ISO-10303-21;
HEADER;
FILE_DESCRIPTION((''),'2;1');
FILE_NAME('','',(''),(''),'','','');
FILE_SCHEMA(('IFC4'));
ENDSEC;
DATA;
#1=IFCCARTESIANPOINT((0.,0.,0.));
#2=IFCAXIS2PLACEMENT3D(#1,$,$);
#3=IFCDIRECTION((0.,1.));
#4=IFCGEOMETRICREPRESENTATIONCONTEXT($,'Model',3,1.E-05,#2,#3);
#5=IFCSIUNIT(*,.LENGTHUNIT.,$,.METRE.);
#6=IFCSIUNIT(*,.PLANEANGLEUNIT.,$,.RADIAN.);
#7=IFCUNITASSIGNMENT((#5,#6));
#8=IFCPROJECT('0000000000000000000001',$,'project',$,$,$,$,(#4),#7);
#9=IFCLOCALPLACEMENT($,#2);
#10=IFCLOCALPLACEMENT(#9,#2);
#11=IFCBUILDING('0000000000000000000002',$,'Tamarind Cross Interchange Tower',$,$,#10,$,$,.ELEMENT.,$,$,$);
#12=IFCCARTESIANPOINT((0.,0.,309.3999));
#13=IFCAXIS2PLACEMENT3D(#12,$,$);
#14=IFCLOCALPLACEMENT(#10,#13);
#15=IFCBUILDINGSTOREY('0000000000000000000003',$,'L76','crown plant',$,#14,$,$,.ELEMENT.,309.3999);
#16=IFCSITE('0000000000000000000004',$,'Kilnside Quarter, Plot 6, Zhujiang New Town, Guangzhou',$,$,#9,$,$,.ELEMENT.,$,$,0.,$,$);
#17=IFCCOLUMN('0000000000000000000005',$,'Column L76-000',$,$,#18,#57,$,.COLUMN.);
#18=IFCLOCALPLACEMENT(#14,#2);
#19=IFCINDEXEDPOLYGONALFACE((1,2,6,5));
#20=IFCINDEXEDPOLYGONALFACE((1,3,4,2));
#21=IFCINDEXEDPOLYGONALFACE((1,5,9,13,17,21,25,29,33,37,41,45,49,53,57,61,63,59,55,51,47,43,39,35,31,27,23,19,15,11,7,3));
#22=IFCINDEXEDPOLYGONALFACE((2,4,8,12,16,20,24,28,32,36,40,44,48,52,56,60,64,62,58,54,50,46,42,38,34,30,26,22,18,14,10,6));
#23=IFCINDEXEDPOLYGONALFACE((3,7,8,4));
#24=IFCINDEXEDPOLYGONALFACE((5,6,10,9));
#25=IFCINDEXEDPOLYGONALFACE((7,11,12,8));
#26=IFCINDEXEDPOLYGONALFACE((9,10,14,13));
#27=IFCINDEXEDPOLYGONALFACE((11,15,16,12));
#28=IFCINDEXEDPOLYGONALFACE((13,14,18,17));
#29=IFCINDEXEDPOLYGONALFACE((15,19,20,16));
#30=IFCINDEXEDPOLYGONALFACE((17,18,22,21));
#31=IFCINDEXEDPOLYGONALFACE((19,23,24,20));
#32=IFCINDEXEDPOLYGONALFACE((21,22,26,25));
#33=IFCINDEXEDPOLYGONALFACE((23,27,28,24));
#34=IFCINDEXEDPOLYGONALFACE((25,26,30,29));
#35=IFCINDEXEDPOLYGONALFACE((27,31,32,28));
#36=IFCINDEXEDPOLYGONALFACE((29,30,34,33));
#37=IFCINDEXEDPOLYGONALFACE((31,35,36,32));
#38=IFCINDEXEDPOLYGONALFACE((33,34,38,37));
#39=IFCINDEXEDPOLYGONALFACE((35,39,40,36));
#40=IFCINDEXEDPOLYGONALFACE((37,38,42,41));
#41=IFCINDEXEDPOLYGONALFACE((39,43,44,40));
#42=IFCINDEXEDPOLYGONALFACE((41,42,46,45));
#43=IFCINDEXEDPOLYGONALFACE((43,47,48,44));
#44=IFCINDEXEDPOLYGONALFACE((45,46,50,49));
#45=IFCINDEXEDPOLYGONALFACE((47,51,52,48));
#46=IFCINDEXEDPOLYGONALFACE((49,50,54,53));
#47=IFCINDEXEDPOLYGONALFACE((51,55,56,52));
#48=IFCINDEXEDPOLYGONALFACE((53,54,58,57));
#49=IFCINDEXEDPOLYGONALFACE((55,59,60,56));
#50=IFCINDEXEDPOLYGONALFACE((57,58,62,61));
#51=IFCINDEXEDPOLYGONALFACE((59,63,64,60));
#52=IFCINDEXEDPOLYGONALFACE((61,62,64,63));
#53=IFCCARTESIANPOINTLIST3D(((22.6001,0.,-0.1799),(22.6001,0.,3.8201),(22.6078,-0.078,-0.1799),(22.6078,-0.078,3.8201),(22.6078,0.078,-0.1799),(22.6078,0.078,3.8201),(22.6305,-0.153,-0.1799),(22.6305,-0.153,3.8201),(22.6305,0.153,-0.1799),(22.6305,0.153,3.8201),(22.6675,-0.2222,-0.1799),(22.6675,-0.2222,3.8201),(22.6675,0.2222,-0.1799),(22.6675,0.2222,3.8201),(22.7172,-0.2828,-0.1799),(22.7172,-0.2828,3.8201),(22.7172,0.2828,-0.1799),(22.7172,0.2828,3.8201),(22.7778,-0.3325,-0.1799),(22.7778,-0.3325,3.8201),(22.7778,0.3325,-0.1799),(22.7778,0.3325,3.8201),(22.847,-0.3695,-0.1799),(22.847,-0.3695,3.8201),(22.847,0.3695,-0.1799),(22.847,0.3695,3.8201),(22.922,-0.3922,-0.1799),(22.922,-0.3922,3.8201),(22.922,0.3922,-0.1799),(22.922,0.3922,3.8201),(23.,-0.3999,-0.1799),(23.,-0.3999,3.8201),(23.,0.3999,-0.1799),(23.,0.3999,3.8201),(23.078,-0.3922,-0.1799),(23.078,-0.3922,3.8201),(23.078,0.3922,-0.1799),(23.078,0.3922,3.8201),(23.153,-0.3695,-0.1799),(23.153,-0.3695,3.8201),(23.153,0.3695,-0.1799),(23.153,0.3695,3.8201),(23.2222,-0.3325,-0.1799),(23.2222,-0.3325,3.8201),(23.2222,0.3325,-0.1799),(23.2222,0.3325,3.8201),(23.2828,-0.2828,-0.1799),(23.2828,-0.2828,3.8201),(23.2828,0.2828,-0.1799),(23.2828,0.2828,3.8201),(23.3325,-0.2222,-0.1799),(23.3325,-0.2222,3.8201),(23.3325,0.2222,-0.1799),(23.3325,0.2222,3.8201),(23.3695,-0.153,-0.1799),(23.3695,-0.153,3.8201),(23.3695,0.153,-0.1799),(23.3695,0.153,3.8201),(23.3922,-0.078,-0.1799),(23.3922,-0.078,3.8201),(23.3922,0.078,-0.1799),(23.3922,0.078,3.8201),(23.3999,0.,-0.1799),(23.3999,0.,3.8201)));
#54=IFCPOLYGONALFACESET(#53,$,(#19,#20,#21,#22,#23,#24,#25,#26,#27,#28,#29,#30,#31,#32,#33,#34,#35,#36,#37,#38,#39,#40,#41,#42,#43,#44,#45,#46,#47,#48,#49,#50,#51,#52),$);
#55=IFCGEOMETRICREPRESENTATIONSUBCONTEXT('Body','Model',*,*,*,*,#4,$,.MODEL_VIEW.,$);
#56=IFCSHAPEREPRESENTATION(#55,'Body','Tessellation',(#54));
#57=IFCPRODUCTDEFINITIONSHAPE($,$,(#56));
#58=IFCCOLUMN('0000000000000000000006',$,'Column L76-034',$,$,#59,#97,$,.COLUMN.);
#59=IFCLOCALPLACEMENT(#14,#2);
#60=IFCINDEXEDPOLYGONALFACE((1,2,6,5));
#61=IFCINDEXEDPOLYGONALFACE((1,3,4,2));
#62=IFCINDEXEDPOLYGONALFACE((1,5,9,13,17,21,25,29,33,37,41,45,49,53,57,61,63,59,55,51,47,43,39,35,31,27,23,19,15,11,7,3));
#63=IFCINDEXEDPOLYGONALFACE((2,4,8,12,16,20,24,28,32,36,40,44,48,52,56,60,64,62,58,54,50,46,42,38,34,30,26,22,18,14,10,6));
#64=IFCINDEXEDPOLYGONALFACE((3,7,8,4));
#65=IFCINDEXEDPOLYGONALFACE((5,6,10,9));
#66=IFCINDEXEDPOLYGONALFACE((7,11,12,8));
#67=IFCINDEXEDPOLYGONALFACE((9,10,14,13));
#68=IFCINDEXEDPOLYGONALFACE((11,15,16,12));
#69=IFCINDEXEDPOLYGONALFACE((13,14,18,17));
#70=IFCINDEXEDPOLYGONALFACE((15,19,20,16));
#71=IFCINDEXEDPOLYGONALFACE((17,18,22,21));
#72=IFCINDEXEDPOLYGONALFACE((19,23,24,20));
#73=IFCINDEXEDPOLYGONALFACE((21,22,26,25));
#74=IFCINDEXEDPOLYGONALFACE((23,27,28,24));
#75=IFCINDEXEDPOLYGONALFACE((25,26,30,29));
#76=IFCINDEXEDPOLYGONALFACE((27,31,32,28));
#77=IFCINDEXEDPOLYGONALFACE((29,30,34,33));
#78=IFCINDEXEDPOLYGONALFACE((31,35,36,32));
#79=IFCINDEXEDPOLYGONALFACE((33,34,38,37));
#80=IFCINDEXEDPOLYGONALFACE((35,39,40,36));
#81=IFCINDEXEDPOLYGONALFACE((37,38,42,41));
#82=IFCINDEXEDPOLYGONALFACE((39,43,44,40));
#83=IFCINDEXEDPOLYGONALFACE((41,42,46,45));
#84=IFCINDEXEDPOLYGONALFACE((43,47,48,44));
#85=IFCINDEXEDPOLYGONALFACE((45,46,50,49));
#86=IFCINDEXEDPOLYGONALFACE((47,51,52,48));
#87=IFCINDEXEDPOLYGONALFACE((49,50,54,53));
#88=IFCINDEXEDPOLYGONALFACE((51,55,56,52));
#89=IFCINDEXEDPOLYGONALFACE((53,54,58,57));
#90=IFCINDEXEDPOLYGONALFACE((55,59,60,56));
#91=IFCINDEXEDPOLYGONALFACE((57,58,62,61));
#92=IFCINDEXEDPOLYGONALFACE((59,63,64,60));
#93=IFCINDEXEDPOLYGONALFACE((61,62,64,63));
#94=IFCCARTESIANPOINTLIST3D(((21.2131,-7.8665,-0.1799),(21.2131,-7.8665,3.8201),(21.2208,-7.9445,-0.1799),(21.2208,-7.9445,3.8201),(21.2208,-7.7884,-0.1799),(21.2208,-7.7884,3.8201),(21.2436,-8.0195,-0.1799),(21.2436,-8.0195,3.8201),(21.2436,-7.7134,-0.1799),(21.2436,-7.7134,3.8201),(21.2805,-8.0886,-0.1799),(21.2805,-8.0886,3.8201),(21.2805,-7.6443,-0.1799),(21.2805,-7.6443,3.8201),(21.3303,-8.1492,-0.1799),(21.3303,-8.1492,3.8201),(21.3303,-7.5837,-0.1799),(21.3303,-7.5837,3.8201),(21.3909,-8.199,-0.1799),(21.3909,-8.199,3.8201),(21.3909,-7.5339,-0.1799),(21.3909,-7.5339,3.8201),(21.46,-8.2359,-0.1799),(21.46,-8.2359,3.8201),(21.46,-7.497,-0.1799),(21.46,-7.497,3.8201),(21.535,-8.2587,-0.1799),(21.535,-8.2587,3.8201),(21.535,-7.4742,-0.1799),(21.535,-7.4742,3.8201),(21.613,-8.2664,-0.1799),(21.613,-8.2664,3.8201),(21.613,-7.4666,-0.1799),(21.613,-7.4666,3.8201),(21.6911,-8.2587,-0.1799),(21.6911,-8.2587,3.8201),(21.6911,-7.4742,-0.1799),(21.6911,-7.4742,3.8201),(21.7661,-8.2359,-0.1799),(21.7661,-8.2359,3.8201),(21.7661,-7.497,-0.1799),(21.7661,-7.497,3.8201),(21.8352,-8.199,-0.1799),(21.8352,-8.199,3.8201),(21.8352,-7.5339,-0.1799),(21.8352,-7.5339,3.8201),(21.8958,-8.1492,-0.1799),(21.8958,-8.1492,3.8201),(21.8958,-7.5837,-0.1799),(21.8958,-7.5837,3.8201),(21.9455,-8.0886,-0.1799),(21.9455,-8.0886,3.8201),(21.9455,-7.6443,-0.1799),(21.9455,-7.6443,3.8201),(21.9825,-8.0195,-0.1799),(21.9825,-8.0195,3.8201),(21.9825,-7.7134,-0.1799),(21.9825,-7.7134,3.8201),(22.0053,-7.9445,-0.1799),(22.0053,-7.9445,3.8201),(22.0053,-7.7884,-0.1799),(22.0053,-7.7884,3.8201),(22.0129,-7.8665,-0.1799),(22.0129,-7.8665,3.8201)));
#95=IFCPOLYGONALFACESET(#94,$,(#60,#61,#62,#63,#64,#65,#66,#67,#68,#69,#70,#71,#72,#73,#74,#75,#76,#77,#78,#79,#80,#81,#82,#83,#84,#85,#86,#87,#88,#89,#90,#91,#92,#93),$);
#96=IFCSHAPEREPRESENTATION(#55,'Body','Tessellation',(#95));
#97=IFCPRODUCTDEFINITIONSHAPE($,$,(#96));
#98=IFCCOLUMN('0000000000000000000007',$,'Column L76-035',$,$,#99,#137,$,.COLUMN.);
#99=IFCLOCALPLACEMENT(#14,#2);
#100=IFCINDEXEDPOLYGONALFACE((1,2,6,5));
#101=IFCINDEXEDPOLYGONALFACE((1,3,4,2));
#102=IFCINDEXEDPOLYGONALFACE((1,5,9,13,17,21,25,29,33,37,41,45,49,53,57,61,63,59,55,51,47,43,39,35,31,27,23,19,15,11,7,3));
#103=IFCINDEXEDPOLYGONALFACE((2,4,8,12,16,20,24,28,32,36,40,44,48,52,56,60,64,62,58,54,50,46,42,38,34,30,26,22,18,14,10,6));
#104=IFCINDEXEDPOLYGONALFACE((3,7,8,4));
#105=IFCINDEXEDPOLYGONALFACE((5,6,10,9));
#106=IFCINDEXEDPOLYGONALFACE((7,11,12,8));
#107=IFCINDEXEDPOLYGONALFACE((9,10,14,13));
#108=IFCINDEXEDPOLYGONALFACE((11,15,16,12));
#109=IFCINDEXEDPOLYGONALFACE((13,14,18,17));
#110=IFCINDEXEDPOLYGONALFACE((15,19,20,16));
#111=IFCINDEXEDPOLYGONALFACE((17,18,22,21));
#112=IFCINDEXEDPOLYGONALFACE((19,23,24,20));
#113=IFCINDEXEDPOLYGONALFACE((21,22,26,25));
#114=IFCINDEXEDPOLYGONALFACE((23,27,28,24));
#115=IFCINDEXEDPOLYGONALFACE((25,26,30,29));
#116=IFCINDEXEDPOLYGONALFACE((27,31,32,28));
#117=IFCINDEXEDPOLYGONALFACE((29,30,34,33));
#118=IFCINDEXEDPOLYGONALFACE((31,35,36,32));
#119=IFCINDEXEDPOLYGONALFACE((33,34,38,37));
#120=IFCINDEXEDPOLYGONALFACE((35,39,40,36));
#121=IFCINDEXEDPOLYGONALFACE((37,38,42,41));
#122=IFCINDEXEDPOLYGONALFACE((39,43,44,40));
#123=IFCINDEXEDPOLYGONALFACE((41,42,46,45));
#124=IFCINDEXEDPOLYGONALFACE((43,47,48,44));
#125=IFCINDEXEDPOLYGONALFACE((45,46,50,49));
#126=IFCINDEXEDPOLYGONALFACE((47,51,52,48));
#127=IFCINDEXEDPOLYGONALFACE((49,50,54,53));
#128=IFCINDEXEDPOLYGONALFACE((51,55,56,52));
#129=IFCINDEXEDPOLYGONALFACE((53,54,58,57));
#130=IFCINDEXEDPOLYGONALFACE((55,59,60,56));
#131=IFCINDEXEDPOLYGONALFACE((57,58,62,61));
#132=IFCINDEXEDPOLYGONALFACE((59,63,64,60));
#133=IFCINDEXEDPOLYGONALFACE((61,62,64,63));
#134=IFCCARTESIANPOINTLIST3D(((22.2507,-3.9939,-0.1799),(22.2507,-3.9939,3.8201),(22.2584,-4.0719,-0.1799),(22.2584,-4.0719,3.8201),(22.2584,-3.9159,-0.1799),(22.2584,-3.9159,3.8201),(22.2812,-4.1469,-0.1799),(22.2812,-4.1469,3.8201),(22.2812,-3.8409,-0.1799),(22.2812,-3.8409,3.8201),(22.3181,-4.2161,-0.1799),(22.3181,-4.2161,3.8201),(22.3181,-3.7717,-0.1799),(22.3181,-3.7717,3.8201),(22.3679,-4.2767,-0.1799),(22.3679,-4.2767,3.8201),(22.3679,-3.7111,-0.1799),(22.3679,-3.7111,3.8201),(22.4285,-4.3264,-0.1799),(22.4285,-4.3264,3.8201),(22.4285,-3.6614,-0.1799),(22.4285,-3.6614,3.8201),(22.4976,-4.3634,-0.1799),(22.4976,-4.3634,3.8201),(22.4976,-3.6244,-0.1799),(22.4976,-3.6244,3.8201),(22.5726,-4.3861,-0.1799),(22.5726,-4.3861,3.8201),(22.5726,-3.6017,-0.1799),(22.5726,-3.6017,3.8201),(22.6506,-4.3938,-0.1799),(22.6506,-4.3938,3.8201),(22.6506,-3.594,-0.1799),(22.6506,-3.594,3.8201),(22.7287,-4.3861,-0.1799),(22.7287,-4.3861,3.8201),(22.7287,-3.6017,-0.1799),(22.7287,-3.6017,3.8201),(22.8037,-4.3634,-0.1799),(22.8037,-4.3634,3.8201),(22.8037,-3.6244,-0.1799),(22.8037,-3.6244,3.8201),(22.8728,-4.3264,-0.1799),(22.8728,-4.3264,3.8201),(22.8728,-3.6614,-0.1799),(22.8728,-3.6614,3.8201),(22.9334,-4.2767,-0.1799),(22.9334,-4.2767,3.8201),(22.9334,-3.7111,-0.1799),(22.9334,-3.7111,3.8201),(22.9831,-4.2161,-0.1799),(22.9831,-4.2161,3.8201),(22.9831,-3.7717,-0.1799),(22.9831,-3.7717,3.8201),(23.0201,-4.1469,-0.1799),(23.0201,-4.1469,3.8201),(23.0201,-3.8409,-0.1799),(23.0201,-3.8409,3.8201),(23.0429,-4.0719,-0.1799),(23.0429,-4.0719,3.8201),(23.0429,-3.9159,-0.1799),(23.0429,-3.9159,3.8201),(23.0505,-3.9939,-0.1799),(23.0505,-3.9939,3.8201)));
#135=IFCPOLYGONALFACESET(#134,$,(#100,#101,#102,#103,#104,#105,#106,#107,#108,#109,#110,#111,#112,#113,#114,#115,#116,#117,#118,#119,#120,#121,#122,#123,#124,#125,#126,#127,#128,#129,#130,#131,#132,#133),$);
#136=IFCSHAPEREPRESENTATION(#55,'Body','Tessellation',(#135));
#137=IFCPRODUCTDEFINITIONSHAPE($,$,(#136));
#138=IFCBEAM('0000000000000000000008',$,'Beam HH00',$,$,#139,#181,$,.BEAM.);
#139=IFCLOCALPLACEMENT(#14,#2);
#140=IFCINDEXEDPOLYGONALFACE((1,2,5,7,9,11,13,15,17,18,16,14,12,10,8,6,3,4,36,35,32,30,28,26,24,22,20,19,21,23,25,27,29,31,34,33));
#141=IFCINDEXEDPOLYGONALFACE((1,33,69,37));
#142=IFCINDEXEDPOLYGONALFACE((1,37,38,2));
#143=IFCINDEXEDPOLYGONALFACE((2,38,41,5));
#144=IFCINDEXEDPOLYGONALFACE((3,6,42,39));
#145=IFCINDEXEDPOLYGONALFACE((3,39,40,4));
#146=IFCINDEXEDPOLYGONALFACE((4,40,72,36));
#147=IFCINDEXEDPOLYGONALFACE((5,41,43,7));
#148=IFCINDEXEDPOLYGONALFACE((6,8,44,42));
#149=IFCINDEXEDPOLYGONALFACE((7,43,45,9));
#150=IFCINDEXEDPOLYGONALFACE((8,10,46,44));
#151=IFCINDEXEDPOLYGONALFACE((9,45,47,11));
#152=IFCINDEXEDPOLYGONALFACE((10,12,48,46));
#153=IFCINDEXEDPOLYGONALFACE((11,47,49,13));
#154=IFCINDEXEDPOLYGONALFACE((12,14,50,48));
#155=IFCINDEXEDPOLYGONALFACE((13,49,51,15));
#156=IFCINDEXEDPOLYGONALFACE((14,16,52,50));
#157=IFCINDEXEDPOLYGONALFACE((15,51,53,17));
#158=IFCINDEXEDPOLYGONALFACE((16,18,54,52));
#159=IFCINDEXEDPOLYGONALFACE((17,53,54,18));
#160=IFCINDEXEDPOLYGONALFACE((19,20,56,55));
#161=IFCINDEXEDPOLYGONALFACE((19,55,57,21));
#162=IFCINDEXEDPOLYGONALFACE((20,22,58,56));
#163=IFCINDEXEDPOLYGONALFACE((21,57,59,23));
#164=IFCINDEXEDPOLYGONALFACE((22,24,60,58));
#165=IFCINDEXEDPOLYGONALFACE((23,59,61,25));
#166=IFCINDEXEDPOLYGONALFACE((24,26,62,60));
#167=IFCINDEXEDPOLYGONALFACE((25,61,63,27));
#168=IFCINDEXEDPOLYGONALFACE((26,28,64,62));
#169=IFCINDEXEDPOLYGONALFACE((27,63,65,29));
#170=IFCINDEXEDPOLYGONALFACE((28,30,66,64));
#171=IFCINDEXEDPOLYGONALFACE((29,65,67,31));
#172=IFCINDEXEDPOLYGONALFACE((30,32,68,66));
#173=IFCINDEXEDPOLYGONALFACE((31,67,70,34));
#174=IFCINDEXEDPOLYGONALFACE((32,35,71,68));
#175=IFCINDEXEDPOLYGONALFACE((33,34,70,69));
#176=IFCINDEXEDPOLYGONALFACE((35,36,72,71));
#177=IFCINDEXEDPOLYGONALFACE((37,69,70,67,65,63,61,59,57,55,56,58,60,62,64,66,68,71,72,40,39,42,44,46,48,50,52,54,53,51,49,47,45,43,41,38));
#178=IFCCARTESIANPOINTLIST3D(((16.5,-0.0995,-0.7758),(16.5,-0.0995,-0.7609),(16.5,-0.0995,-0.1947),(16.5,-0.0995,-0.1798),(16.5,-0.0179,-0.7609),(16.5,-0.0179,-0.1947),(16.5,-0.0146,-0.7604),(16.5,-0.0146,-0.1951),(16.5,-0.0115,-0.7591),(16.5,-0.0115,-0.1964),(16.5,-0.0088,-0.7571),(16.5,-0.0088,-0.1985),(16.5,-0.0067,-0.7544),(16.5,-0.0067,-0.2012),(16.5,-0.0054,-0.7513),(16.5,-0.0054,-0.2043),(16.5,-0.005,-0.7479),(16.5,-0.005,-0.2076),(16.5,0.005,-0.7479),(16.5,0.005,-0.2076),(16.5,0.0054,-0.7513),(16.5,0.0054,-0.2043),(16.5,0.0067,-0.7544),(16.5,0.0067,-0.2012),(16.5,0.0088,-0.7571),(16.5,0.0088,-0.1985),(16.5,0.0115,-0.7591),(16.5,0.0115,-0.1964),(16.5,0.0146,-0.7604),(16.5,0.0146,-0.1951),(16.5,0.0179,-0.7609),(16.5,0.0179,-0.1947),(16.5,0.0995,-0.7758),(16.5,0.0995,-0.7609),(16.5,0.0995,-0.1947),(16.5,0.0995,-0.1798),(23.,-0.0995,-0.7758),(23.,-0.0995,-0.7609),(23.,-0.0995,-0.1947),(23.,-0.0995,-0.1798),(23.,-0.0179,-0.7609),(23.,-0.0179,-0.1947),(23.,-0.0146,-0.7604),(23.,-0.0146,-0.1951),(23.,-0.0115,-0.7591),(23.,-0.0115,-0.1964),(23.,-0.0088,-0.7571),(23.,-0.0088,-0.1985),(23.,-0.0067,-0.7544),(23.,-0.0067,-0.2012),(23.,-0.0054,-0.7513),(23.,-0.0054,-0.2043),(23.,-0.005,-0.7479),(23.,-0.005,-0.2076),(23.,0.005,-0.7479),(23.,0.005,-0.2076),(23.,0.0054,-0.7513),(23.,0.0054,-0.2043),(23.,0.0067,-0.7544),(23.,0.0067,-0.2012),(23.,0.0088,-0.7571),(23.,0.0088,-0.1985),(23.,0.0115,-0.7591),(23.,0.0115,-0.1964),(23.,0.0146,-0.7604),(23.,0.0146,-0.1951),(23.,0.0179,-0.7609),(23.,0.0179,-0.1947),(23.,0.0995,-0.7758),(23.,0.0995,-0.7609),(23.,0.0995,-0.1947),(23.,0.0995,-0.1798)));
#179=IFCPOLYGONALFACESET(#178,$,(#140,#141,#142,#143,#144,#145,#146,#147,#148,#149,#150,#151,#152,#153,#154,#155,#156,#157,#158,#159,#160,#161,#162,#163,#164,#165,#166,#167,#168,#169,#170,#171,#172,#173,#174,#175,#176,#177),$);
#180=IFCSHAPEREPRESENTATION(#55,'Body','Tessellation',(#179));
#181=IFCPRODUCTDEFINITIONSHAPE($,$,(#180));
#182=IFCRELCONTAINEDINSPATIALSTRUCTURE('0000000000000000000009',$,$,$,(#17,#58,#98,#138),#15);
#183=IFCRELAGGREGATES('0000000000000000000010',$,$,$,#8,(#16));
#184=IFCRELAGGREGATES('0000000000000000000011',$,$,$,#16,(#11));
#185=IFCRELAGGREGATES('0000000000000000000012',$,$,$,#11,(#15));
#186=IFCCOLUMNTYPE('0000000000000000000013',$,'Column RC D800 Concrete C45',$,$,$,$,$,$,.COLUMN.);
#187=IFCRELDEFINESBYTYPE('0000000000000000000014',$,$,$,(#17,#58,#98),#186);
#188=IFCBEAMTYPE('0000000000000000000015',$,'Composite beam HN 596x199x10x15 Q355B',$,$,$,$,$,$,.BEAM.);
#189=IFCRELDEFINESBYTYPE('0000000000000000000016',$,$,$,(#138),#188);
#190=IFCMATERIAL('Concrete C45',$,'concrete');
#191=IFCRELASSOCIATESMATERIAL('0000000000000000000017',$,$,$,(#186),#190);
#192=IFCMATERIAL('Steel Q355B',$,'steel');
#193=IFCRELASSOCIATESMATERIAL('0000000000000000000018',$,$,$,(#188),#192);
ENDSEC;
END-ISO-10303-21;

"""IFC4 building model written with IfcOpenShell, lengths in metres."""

from ifc_helpers import new_model, si_unit, direction, frame, origin, origin_2d, place, context, subcontext, project, spatial, circle, i_section, extrude, material, material_profile, profile_set, type_object, element, save


model = new_model("IFC4")

# Units and contexts
model_context = context("Model", 3, precision=1e-05, world=origin(), true_north=direction((0.0, 1.0)))
body_context = subcontext(model_context, "Body", "Model", "MODEL_VIEW")
ifc_project = project(units=[si_unit("LENGTHUNIT", "METRE"), si_unit("PLANEANGLEUNIT", "RADIAN")], contexts=[model_context])

# Site, building, storey
site_placement = place(None, origin())
site = spatial("IfcSite", under=ifc_project, at=site_placement, Name="Kilnside Quarter, Plot 6, Zhujiang New Town, Guangzhou", CompositionType="ELEMENT", RefElevation=0.0)
building_placement = place(site_placement, origin())
building = spatial("IfcBuilding", under=site, at=building_placement, Name="Tamarind Cross Interchange Tower", CompositionType="ELEMENT")
storey_placement = place(building_placement, frame((0.0, 0.0, 309.3999)))
storey = spatial("IfcBuildingStorey", under=building, at=storey_placement, Name="L76", Description="crown plant", CompositionType="ELEMENT", Elevation=309.3999)

# Columns
ifc_material_1 = material(Name="Concrete C45", Category="concrete")
ifc_material_profile_1 = material_profile(ifc_material_1, circle(Radius=0.3999, at=origin_2d()), Name="RC D800")
ifc_profile_set_1 = profile_set([ifc_material_profile_1], Name="Concrete C45")
column_type = type_object("IfcColumnType", Name="Column RC D800 Concrete C45", PredefinedType="COLUMN", material=ifc_profile_set_1)
for number, where, z_axis, x_axis, name in (
    (1, (23.0, 0.0, -0.1799), (0.0, 0.0, 1.0), (1.0, 0.0, 0.0), "Column L76-000"),
    (2, (21.613, -7.8665, -0.1799), (0.0, 0.0, 1.0), (1.0, 0.0, 0.0), "Column L76-034"),
    (3, (22.6506, -3.9939, -0.1799), (0.0, 0.0, 1.0), (1.0, 0.0, 0.0), "Column L76-035"),
):
    element("IfcColumn", number, at=place(storey_placement, frame(where, z_axis=z_axis, x_axis=x_axis)), inside=storey, type_object=column_type, Name=name, PredefinedType="COLUMN", context=body_context, shape_type="SweptSolid", body=[
        extrude(circle(Radius=0.3999, at=origin_2d()), origin(), (0.0, 0.0, 1.0), 4.0),
    ])

# Beam
ifc_material_2 = material(Name="Steel Q355B", Category="steel")
ifc_material_profile_2 = material_profile(ifc_material_2, i_section(OverallWidth=0.199, OverallDepth=0.5959, WebThickness=0.01, FlangeThickness=0.0149, FilletRadius=0.0129, at=origin_2d()), Name="HN 596x199x10x15")
ifc_profile_set_2 = profile_set([ifc_material_profile_2], Name="Steel Q355B")
beam_type = type_object("IfcBeamType", Name="Composite beam HN 596x199x10x15 Q355B", PredefinedType="BEAM", material=ifc_profile_set_2)
beam_1_placement = place(storey_placement, frame((23.0, 0.0, -0.4778), z_axis=(-1.0, 0.0, 0.0), x_axis=(0.0, -1.0, 0.0)))
element("IfcBeam", 4, at=beam_1_placement, inside=storey, type_object=beam_type, Name="Beam HH00", PredefinedType="BEAM", context=body_context, shape_type="SweptSolid", body=[
    extrude(i_section(OverallWidth=0.199, OverallDepth=0.5959, WebThickness=0.01, FlangeThickness=0.0149, FilletRadius=0.0129, at=origin_2d()), origin(), (0.0, 0.0, 1.0), 6.5),
])

save(model, "model.ifc")
